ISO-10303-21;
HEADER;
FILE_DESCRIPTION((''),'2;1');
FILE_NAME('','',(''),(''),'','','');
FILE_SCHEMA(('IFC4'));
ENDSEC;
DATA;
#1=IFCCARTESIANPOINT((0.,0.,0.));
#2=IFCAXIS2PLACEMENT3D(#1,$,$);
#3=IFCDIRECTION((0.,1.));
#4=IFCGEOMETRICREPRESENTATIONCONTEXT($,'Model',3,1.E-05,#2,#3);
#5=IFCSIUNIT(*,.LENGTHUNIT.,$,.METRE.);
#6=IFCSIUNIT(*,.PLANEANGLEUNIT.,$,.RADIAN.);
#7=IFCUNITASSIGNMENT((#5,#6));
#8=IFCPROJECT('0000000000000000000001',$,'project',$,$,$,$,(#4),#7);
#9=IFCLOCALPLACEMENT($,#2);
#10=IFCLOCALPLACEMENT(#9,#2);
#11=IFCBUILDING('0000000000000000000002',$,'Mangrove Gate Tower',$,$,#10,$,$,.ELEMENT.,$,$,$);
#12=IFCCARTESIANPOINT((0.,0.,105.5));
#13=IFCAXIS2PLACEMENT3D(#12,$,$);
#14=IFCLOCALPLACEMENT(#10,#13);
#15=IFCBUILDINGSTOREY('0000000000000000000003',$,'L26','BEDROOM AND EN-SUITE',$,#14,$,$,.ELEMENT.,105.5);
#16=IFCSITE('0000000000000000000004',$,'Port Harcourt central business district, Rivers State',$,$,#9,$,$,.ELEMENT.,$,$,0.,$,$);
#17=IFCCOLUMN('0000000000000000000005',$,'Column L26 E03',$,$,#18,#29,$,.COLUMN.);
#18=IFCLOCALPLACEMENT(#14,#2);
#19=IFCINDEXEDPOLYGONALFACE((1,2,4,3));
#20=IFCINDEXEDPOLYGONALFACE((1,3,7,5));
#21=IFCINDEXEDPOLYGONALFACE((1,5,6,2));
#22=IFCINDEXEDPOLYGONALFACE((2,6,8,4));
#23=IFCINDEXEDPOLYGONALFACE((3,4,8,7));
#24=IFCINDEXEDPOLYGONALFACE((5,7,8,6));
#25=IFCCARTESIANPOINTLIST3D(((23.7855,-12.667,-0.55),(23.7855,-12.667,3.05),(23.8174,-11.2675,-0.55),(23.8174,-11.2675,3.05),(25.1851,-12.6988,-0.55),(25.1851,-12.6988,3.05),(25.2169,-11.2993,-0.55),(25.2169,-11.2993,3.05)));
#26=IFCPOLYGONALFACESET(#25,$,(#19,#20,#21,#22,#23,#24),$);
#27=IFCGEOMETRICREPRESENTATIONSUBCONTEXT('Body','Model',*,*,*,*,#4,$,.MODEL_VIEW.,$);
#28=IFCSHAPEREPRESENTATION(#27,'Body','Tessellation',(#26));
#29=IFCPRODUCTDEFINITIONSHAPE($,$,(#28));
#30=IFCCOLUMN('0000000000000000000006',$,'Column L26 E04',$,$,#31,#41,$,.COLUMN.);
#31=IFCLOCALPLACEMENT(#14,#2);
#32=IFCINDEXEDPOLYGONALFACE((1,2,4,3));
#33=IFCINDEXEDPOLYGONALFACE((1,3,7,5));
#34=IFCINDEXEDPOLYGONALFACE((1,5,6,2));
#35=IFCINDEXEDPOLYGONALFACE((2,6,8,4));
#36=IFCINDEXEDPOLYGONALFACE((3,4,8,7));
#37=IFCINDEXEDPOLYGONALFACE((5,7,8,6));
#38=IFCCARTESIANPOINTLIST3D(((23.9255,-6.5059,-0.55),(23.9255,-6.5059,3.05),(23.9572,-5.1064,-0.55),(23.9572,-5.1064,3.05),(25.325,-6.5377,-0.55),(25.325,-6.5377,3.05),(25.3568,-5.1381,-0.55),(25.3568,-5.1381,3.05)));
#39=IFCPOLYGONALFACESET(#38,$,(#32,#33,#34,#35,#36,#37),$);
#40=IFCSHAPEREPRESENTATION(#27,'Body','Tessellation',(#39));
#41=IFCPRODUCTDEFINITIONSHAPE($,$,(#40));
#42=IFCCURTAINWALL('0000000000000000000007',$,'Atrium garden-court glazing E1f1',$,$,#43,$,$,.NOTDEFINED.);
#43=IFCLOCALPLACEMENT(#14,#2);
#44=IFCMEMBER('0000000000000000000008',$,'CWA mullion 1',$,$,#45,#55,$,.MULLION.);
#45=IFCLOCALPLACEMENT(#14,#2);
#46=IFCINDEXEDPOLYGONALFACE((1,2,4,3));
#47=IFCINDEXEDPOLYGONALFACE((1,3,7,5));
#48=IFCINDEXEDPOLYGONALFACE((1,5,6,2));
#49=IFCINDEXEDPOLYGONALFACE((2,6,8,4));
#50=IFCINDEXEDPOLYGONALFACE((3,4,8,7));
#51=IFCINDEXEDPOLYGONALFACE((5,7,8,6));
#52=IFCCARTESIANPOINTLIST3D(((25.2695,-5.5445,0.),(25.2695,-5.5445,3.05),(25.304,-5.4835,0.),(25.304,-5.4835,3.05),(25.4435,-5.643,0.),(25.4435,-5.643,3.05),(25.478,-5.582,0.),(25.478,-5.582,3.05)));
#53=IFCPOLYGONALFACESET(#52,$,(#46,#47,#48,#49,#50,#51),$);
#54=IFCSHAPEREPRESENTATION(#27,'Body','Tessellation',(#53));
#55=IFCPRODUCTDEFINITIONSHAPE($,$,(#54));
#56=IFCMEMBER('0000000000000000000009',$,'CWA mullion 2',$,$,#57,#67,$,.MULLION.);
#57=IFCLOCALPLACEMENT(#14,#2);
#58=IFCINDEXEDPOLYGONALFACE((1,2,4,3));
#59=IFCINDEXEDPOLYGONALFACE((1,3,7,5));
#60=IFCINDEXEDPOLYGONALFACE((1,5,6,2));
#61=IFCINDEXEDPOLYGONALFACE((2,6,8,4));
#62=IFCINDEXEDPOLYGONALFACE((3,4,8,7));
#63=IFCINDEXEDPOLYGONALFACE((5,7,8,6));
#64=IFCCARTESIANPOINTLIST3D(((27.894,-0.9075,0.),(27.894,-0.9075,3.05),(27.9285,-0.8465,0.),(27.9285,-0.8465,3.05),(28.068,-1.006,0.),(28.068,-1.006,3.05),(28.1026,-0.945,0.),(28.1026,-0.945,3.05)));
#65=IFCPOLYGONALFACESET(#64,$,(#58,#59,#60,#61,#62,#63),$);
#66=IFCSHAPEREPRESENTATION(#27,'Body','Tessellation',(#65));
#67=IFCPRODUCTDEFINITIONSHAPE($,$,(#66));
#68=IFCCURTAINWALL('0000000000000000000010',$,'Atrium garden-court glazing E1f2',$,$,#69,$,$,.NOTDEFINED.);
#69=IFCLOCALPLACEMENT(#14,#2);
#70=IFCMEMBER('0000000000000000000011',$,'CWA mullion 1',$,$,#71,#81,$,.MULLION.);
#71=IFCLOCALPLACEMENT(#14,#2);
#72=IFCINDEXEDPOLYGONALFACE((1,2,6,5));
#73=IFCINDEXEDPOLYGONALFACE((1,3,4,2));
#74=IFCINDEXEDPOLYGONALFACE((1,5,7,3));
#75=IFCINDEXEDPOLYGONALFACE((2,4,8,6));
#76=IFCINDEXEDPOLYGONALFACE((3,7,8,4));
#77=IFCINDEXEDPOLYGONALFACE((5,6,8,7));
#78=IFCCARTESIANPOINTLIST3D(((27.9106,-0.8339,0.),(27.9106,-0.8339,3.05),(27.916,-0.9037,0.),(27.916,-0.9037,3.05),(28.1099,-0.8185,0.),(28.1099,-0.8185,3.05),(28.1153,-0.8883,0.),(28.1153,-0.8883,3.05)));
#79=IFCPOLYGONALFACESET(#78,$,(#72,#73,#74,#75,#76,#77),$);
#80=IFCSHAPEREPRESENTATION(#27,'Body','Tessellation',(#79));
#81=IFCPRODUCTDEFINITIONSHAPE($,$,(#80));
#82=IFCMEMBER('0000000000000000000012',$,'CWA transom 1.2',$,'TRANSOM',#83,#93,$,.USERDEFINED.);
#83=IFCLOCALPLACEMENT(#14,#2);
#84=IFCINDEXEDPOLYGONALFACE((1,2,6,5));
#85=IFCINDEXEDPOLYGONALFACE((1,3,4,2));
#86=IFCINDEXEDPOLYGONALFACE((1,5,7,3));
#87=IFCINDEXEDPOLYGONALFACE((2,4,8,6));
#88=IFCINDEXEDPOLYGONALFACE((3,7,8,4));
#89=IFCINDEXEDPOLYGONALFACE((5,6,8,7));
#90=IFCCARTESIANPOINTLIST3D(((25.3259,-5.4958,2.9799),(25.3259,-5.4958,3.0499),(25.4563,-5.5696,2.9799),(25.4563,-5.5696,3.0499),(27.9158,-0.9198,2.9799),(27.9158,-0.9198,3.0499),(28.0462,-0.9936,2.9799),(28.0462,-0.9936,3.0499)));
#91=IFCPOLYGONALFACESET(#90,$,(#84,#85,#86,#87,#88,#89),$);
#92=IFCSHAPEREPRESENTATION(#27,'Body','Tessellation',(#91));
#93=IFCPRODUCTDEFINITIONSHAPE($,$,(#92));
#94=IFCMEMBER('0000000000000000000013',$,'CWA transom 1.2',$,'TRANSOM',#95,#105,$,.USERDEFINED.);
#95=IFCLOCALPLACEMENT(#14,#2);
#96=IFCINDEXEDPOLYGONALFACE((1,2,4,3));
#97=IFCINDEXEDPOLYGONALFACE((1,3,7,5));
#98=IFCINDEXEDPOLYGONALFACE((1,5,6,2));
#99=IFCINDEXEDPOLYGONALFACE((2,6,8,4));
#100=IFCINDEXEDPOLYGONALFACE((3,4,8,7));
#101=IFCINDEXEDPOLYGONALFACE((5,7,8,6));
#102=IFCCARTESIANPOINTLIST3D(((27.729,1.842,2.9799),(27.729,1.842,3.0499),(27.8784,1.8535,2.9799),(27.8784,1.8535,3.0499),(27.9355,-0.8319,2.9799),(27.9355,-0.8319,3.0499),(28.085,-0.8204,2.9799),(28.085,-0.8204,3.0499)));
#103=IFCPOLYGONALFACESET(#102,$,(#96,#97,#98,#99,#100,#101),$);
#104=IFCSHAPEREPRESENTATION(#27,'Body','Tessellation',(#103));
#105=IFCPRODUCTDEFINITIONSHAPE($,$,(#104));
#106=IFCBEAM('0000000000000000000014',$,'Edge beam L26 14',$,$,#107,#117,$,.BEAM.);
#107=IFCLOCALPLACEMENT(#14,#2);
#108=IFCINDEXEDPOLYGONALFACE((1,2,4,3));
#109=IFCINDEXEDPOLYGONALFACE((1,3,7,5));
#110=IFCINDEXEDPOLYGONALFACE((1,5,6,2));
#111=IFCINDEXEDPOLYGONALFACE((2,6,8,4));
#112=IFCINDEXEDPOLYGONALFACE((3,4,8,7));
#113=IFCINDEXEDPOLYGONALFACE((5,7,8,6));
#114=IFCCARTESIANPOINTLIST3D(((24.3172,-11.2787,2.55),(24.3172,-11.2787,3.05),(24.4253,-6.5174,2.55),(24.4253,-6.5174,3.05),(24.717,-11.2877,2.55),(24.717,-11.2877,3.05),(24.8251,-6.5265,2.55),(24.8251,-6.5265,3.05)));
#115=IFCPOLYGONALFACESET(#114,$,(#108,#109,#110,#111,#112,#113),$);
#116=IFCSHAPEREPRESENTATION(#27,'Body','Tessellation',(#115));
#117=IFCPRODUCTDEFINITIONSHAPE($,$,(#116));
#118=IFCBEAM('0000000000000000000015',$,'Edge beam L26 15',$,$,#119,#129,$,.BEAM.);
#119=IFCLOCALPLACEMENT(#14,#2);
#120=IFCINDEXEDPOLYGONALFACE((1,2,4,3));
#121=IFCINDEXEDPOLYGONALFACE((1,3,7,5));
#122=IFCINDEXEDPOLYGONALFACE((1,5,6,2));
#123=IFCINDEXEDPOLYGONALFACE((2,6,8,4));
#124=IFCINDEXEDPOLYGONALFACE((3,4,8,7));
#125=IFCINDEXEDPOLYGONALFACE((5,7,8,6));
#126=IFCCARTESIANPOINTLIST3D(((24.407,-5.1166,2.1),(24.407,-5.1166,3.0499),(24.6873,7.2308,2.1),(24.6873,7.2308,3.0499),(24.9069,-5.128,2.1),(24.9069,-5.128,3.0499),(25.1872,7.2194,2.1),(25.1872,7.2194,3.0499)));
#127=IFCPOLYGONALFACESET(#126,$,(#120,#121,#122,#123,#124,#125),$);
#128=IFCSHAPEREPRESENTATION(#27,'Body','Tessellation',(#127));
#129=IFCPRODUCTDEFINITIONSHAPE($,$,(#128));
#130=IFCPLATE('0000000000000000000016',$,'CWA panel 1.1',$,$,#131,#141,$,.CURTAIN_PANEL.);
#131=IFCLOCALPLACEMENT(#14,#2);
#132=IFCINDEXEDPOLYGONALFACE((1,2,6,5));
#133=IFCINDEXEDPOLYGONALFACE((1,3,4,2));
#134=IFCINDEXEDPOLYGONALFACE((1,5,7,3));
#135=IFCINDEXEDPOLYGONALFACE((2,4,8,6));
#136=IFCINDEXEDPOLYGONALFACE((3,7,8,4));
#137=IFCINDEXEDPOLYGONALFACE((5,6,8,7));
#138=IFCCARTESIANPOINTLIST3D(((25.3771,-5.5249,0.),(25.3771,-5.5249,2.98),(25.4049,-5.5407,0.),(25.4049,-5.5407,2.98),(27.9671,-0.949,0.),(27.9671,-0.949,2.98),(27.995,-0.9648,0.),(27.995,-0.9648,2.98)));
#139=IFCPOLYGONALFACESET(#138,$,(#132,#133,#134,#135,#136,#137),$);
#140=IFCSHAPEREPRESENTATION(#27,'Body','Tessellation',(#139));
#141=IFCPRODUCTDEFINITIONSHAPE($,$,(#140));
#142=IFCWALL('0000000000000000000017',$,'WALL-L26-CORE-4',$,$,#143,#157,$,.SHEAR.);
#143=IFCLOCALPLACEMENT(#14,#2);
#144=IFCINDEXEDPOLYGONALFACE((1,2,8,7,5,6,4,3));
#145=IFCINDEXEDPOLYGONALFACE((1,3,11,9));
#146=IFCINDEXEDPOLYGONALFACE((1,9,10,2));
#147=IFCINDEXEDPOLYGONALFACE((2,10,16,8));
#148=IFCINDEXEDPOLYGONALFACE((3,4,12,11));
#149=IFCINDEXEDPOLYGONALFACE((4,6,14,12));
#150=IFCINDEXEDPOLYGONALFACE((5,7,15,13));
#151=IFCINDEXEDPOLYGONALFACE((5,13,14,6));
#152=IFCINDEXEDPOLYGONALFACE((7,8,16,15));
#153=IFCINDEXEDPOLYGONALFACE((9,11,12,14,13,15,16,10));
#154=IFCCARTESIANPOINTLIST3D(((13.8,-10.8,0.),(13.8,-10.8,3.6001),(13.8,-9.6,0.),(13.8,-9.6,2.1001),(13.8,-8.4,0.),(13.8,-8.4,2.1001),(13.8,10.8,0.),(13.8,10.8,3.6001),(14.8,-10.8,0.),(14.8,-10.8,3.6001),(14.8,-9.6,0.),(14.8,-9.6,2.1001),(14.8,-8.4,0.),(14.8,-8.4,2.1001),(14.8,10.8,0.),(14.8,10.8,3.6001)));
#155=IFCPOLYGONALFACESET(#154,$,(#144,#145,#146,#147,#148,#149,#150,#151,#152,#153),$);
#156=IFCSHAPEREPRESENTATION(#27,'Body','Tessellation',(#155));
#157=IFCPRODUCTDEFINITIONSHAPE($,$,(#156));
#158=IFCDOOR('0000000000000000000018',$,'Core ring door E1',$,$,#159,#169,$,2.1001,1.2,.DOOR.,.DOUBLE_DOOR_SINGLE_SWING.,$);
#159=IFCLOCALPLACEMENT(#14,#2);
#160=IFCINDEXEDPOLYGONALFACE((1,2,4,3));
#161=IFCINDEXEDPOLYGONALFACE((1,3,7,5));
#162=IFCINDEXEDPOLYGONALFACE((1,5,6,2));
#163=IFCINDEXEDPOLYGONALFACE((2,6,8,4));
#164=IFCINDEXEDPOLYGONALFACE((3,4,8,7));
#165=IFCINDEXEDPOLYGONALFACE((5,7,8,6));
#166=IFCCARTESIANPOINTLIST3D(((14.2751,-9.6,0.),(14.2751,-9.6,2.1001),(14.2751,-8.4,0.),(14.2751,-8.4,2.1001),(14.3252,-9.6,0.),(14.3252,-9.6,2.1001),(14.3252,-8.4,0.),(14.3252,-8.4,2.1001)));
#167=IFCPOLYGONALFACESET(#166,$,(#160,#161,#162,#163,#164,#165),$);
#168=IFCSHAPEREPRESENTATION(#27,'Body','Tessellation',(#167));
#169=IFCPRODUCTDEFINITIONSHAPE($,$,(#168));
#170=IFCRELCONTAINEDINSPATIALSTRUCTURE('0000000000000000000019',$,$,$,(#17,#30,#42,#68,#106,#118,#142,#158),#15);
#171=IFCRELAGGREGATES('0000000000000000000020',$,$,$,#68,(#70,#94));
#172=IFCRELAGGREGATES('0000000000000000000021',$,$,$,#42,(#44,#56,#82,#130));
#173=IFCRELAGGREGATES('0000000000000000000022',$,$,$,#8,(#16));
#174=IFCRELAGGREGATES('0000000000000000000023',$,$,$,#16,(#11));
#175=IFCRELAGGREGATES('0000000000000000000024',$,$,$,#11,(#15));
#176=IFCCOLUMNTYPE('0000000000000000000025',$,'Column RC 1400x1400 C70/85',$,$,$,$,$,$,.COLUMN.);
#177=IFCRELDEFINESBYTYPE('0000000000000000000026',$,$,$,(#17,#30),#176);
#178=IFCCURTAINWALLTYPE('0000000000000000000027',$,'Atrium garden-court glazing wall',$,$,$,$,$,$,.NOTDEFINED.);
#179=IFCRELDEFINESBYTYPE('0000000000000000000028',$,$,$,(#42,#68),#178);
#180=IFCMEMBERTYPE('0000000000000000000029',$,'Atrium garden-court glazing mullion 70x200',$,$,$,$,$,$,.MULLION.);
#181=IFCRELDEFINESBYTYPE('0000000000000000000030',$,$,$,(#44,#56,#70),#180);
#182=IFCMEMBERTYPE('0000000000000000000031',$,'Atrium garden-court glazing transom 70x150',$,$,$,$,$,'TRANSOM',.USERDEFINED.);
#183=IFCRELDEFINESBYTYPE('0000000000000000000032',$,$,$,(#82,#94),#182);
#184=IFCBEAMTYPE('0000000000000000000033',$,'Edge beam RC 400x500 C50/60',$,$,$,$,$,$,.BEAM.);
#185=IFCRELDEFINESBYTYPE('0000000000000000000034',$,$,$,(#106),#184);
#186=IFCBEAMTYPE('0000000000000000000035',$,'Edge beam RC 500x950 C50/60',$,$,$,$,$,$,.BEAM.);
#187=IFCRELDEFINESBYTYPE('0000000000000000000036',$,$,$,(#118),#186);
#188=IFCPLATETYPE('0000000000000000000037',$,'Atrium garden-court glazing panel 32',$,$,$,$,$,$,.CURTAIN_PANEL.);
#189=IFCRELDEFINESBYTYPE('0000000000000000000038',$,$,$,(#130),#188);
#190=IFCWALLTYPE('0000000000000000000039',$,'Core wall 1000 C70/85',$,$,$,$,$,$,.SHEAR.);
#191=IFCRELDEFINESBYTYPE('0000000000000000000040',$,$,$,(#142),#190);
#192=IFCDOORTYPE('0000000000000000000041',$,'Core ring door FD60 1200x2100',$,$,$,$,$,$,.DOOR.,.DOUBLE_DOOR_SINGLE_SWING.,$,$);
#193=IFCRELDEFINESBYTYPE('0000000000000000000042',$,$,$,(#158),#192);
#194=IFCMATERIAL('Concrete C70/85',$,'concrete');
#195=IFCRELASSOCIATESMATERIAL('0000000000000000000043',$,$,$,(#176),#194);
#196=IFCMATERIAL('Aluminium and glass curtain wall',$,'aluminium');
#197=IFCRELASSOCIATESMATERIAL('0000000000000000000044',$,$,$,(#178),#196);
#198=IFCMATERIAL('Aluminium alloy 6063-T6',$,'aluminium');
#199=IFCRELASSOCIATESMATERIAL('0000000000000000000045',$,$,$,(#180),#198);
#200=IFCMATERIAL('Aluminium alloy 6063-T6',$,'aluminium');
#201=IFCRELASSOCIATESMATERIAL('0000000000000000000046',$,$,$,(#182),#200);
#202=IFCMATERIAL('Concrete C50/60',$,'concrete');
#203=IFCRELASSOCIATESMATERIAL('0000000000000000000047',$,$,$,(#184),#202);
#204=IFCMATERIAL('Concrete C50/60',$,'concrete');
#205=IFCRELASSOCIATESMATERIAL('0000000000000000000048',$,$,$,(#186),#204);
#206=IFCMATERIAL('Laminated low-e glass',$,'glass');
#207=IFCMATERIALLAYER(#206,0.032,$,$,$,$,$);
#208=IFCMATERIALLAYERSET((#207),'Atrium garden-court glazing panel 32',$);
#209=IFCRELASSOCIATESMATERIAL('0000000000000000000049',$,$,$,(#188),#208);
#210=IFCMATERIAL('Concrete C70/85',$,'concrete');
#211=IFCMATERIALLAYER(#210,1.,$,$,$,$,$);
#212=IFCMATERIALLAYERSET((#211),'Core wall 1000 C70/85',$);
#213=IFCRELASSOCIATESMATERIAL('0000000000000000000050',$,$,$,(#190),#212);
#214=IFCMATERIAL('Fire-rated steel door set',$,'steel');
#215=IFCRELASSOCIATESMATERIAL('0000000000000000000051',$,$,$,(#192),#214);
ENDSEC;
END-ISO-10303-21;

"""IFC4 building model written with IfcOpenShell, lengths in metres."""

from ifc_helpers import new_model, si_unit, direction, frame, frame_2d, origin, origin_2d, place, context, subcontext, project, spatial, rectangle, extrude, material, layer, layer_set, material_profile, profile_set, type_object, element, fill, aggregate, save


model = new_model("IFC4")

# Units and contexts
model_context = context("Model", 3, precision=1e-05, world=origin(), true_north=direction((0.0, 1.0)))
body_context = subcontext(model_context, "Body", "Model", "MODEL_VIEW")
ifc_project = project(units=[si_unit("LENGTHUNIT", "METRE"), si_unit("PLANEANGLEUNIT", "RADIAN")], contexts=[model_context])

# Site, building, storey
site_placement = place(None, origin())
site = spatial("IfcSite", under=ifc_project, at=site_placement, Name="Port Harcourt central business district, Rivers State", CompositionType="ELEMENT", RefElevation=0.0)
building_placement = place(site_placement, origin())
building = spatial("IfcBuilding", under=site, at=building_placement, Name="Mangrove Gate Tower", CompositionType="ELEMENT")
storey_placement = place(building_placement, frame((0.0, 0.0, 105.5)))
storey = spatial("IfcBuildingStorey", under=building, at=storey_placement, Name="L26", Description="BEDROOM AND EN-SUITE", CompositionType="ELEMENT", Elevation=105.5)

# Columns
ifc_material_1 = material(Name="Concrete C70/85", Category="concrete")
ifc_material_profile_1 = material_profile(ifc_material_1, rectangle(XDim=1.3999, YDim=1.3999, at=origin_2d()))
ifc_profile_set_1 = profile_set([ifc_material_profile_1], Name="Concrete C70/85")
column_type = type_object("IfcColumnType", Name="Column RC 1400x1400 C70/85", PredefinedType="COLUMN", material=ifc_profile_set_1)
for number, where, z_axis, x_axis, name in (
    (1, (24.5012, -11.9832, -0.55), (0.0, 0.0, 1.0), (0.022718, 0.999742, 0.0), "Column L26 E03"),
    (2, (24.6411, -5.822, -0.55), (0.0, 0.0, 1.0), (0.022699, 0.999742, 0.0), "Column L26 E04"),
):
    element("IfcColumn", number, at=place(storey_placement, frame(where, z_axis=z_axis, x_axis=x_axis)), inside=storey, type_object=column_type, Name=name, PredefinedType="COLUMN", context=body_context, shape_type="SweptSolid", body=[
        extrude(rectangle(XDim=1.3999, YDim=1.3999, at=origin_2d()), origin(), (0.0, 0.0, 1.0), 3.6001),
    ])

# Curtain wall, members
ifc_material_2 = material(Name="Aluminium and glass curtain wall", Category="aluminium")
curtain_wall_type = type_object("IfcCurtainWallType", Name="Atrium garden-court glazing wall", PredefinedType="NOTDEFINED", material=ifc_material_2)
curtain_wall_1_placement = place(storey_placement, origin())
curtain_wall_1 = element("IfcCurtainWall", 3, at=curtain_wall_1_placement, inside=storey, type_object=curtain_wall_type, Name="Atrium garden-court glazing E1f1", PredefinedType="NOTDEFINED")
ifc_material_3 = material(Name="Aluminium alloy 6063-T6", Category="aluminium")
ifc_material_profile_2 = material_profile(ifc_material_3, rectangle(XDim=0.0701, YDim=0.2, at=origin_2d()))
ifc_profile_set_2 = profile_set([ifc_material_profile_2], Name="Aluminium alloy 6063-T6")
member_type_1 = type_object("IfcMemberType", Name="Atrium garden-court glazing mullion 70x200", PredefinedType="MULLION", material=ifc_profile_set_2)
member_1_placement = place(storey_placement, frame((25.3738, -5.5632, 0.0), z_axis=(0.0, 0.0, 1.0), x_axis=(0.492585, 0.870265, 0.0)))
member_1 = element("IfcMember", 4, at=member_1_placement, type_object=member_type_1, Name="CWA mullion 1", PredefinedType="MULLION", context=body_context, shape_type="SweptSolid", body=[
    extrude(rectangle(XDim=0.0701, YDim=0.2, at=origin_2d()), origin(), (0.0, 0.0, 1.0), 3.05),
])
member_2_placement = place(storey_placement, frame((27.9983, -0.9263, 0.0), z_axis=(0.0, 0.0, 1.0), x_axis=(0.492585, 0.870265, 0.0)))
member_2 = element("IfcMember", 5, at=member_2_placement, type_object=member_type_1, Name="CWA mullion 2", PredefinedType="MULLION", context=body_context, shape_type="SweptSolid", body=[
    extrude(rectangle(XDim=0.0701, YDim=0.2, at=origin_2d()), origin(), (0.0, 0.0, 1.0), 3.05),
])

# Curtain wall, member
curtain_wall_2_placement = place(storey_placement, origin())
curtain_wall_2 = element("IfcCurtainWall", 6, at=curtain_wall_2_placement, inside=storey, type_object=curtain_wall_type, Name="Atrium garden-court glazing E1f2", PredefinedType="NOTDEFINED")
member_3_placement = place(storey_placement, frame((28.0129, -0.8611, 0.0), z_axis=(0.0, 0.0, 1.0), x_axis=(-0.077023, 0.997029, 0.0)))
member_3 = element("IfcMember", 7, at=member_3_placement, type_object=member_type_1, Name="CWA mullion 1", PredefinedType="MULLION", context=body_context, shape_type="SweptSolid", body=[
    extrude(rectangle(XDim=0.0701, YDim=0.2, at=origin_2d()), origin(), (0.0, 0.0, 1.0), 3.05),
])

# Members
ifc_material_4 = material(Name="Aluminium alloy 6063-T6", Category="aluminium")
ifc_material_profile_3 = material_profile(ifc_material_4, rectangle(XDim=0.0701, YDim=0.1499, at=origin_2d()))
ifc_profile_set_3 = profile_set([ifc_material_profile_3], Name="Aluminium alloy 6063-T6")
member_type_2 = type_object("IfcMemberType", Name="Atrium garden-court glazing transom 70x150", ElementType="TRANSOM", PredefinedType="USERDEFINED", material=ifc_profile_set_3)
member_4_placement = place(storey_placement, frame((25.3911, -5.5327, 3.0149), z_axis=(0.492554, 0.870282, 0.0), x_axis=(0.0, 0.0, 1.0)))
member_4 = element("IfcMember", 8, at=member_4_placement, type_object=member_type_2, Name="CWA transom 1.2", ObjectType="TRANSOM", PredefinedType="USERDEFINED", context=body_context, shape_type="SweptSolid", body=[
    extrude(rectangle(XDim=0.0701, YDim=0.1499, at=origin_2d()), origin(), (0.0, 0.0, 1.0), 5.2581),
])
member_5_placement = place(storey_placement, frame((28.0103, -0.8262, 3.0149), z_axis=(-0.077017, 0.99703, 0.0), x_axis=(0.0, 0.0, 1.0)))
member_5 = element("IfcMember", 9, at=member_5_placement, type_object=member_type_2, Name="CWA transom 1.2", ObjectType="TRANSOM", PredefinedType="USERDEFINED", context=body_context, shape_type="SweptSolid", body=[
    extrude(rectangle(XDim=0.0701, YDim=0.1499, at=origin_2d()), origin(), (0.0, 0.0, 1.0), 2.6819),
])
aggregate(curtain_wall_2, [member_3, member_5])

# Beams
ifc_material_5 = material(Name="Concrete C50/60", Category="concrete")
ifc_material_profile_4 = material_profile(ifc_material_5, rectangle(XDim=0.3999, YDim=0.5, at=origin_2d()))
ifc_profile_set_4 = profile_set([ifc_material_profile_4], Name="Concrete C50/60")
beam_type_1 = type_object("IfcBeamType", Name="Edge beam RC 400x500 C50/60", PredefinedType="BEAM", material=ifc_profile_set_4)
beam_1_placement = place(storey_placement, frame((24.5171, -11.2832, 2.8), z_axis=(0.02271, 0.999742, 0.0), x_axis=(-0.999742, 0.02271, 0.0)))
element("IfcBeam", 10, at=beam_1_placement, inside=storey, type_object=beam_type_1, Name="Edge beam L26 14", PredefinedType="BEAM", context=body_context, shape_type="SweptSolid", body=[
    extrude(rectangle(XDim=0.3999, YDim=0.5, at=origin_2d()), origin(), (0.0, 0.0, 1.0), 4.7625),
])
ifc_material_6 = material(Name="Concrete C50/60", Category="concrete")
ifc_material_profile_5 = material_profile(ifc_material_6, rectangle(XDim=0.5, YDim=0.95, at=origin_2d()))
ifc_profile_set_5 = profile_set([ifc_material_profile_5], Name="Concrete C50/60")
beam_type_2 = type_object("IfcBeamType", Name="Edge beam RC 500x950 C50/60", PredefinedType="BEAM", material=ifc_profile_set_5)
beam_2_placement = place(storey_placement, frame((24.657, -5.1223, 2.575), z_axis=(0.022693, 0.999742, 0.0), x_axis=(-0.999742, 0.022693, 0.0)))
element("IfcBeam", 11, at=beam_2_placement, inside=storey, type_object=beam_type_2, Name="Edge beam L26 15", PredefinedType="BEAM", context=body_context, shape_type="SweptSolid", body=[
    extrude(rectangle(XDim=0.5, YDim=0.95, at=origin_2d()), origin(), (0.0, 0.0, 1.0), 12.3506),
])

# Plate
ifc_material_7 = material(Name="Laminated low-e glass", Category="glass")
ifc_layer_1 = layer(ifc_material_7, 0.032)
ifc_layer_set_1 = layer_set([ifc_layer_1], Name="Atrium garden-court glazing panel 32")
plate_type = type_object("IfcPlateType", Name="Atrium garden-court glazing panel 32", PredefinedType="CURTAIN_PANEL", material=ifc_layer_set_1)
plate_placement = place(storey_placement, frame((26.686, -3.2449, 0.0), z_axis=(0.0, 0.0, 1.0), x_axis=(0.492585, 0.870265, 0.0)))
plate = element("IfcPlate", 12, at=plate_placement, type_object=plate_type, Name="CWA panel 1.1", PredefinedType="CURTAIN_PANEL", context=body_context, shape_type="SweptSolid", body=[
    extrude(rectangle(XDim=5.2581, YDim=0.032, at=origin_2d()), origin(), (0.0, 0.0, 1.0), 2.98),
])
aggregate(curtain_wall_1, [member_1, member_2, member_4, plate])

# Wall, opening, door
ifc_material_8 = material(Name="Concrete C70/85", Category="concrete")
ifc_layer_2 = layer(ifc_material_8, 1.0)
ifc_layer_set_2 = layer_set([ifc_layer_2], Name="Core wall 1000 C70/85")
wall_type_1 = type_object("IfcWallType", Name="Core wall 1000 C70/85", PredefinedType="SHEAR", material=ifc_layer_set_2)
wall_1_placement = place(storey_placement, frame((14.3, -10.8, 0.0), z_axis=(0.0, 0.0, 1.0), x_axis=(0.0, 1.0, 0.0)))
wall_1 = element("IfcWall", 13, at=wall_1_placement, inside=storey, type_object=wall_type_1, Name="WALL-L26-CORE-4", PredefinedType="SHEAR", context=body_context, shape_type="SweptSolid", body=[
    extrude(rectangle(XDim=21.6001, YDim=1.0, at=frame_2d((10.8, 0.0))), origin(), (0.0, 0.0, 1.0), 3.6001),
])
opening_1_placement = place(wall_1_placement, frame((1.2, 0.0, 0.0)))
opening_1 = element("IfcOpeningElement", 14, at=opening_1_placement, cuts=wall_1, PredefinedType="OPENING", context=body_context, shape_type="SweptSolid", body=[
    extrude(rectangle(XDim=1.2, YDim=2.1001, at=frame_2d((0.6001, 1.05))), frame((0.0, 0.51, 0.0), z_axis=(0.0, -1.0, 0.0), x_axis=(1.0, 0.0, 0.0)), (0.0, 0.0, 1.0), 1.02),
])
ifc_material_9 = material(Name="Fire-rated steel door set", Category="steel")
door_type_1 = type_object("IfcDoorType", Name="Core ring door FD60 1200x2100", OperationType="DOUBLE_DOOR_SINGLE_SWING", PredefinedType="DOOR", material=ifc_material_9)
door_1_placement = place(opening_1_placement, origin())
door_1 = element("IfcDoor", 15, at=door_1_placement, inside=storey, type_object=door_type_1, Name="Core ring door E1", OperationType="DOUBLE_DOOR_SINGLE_SWING", OverallHeight=2.1001, OverallWidth=1.2, PredefinedType="DOOR", context=body_context, shape_type="SweptSolid", body=[
    extrude(rectangle(XDim=1.2, YDim=2.1001, at=frame_2d((0.6001, 1.05))), frame((0.0, 0.0249, 0.0), z_axis=(0.0, -1.0, 0.0), x_axis=(1.0, 0.0, 0.0)), (0.0, 0.0, 1.0), 0.05),
])
fill(opening_1, door_1)

save(model, "model.ifc")
